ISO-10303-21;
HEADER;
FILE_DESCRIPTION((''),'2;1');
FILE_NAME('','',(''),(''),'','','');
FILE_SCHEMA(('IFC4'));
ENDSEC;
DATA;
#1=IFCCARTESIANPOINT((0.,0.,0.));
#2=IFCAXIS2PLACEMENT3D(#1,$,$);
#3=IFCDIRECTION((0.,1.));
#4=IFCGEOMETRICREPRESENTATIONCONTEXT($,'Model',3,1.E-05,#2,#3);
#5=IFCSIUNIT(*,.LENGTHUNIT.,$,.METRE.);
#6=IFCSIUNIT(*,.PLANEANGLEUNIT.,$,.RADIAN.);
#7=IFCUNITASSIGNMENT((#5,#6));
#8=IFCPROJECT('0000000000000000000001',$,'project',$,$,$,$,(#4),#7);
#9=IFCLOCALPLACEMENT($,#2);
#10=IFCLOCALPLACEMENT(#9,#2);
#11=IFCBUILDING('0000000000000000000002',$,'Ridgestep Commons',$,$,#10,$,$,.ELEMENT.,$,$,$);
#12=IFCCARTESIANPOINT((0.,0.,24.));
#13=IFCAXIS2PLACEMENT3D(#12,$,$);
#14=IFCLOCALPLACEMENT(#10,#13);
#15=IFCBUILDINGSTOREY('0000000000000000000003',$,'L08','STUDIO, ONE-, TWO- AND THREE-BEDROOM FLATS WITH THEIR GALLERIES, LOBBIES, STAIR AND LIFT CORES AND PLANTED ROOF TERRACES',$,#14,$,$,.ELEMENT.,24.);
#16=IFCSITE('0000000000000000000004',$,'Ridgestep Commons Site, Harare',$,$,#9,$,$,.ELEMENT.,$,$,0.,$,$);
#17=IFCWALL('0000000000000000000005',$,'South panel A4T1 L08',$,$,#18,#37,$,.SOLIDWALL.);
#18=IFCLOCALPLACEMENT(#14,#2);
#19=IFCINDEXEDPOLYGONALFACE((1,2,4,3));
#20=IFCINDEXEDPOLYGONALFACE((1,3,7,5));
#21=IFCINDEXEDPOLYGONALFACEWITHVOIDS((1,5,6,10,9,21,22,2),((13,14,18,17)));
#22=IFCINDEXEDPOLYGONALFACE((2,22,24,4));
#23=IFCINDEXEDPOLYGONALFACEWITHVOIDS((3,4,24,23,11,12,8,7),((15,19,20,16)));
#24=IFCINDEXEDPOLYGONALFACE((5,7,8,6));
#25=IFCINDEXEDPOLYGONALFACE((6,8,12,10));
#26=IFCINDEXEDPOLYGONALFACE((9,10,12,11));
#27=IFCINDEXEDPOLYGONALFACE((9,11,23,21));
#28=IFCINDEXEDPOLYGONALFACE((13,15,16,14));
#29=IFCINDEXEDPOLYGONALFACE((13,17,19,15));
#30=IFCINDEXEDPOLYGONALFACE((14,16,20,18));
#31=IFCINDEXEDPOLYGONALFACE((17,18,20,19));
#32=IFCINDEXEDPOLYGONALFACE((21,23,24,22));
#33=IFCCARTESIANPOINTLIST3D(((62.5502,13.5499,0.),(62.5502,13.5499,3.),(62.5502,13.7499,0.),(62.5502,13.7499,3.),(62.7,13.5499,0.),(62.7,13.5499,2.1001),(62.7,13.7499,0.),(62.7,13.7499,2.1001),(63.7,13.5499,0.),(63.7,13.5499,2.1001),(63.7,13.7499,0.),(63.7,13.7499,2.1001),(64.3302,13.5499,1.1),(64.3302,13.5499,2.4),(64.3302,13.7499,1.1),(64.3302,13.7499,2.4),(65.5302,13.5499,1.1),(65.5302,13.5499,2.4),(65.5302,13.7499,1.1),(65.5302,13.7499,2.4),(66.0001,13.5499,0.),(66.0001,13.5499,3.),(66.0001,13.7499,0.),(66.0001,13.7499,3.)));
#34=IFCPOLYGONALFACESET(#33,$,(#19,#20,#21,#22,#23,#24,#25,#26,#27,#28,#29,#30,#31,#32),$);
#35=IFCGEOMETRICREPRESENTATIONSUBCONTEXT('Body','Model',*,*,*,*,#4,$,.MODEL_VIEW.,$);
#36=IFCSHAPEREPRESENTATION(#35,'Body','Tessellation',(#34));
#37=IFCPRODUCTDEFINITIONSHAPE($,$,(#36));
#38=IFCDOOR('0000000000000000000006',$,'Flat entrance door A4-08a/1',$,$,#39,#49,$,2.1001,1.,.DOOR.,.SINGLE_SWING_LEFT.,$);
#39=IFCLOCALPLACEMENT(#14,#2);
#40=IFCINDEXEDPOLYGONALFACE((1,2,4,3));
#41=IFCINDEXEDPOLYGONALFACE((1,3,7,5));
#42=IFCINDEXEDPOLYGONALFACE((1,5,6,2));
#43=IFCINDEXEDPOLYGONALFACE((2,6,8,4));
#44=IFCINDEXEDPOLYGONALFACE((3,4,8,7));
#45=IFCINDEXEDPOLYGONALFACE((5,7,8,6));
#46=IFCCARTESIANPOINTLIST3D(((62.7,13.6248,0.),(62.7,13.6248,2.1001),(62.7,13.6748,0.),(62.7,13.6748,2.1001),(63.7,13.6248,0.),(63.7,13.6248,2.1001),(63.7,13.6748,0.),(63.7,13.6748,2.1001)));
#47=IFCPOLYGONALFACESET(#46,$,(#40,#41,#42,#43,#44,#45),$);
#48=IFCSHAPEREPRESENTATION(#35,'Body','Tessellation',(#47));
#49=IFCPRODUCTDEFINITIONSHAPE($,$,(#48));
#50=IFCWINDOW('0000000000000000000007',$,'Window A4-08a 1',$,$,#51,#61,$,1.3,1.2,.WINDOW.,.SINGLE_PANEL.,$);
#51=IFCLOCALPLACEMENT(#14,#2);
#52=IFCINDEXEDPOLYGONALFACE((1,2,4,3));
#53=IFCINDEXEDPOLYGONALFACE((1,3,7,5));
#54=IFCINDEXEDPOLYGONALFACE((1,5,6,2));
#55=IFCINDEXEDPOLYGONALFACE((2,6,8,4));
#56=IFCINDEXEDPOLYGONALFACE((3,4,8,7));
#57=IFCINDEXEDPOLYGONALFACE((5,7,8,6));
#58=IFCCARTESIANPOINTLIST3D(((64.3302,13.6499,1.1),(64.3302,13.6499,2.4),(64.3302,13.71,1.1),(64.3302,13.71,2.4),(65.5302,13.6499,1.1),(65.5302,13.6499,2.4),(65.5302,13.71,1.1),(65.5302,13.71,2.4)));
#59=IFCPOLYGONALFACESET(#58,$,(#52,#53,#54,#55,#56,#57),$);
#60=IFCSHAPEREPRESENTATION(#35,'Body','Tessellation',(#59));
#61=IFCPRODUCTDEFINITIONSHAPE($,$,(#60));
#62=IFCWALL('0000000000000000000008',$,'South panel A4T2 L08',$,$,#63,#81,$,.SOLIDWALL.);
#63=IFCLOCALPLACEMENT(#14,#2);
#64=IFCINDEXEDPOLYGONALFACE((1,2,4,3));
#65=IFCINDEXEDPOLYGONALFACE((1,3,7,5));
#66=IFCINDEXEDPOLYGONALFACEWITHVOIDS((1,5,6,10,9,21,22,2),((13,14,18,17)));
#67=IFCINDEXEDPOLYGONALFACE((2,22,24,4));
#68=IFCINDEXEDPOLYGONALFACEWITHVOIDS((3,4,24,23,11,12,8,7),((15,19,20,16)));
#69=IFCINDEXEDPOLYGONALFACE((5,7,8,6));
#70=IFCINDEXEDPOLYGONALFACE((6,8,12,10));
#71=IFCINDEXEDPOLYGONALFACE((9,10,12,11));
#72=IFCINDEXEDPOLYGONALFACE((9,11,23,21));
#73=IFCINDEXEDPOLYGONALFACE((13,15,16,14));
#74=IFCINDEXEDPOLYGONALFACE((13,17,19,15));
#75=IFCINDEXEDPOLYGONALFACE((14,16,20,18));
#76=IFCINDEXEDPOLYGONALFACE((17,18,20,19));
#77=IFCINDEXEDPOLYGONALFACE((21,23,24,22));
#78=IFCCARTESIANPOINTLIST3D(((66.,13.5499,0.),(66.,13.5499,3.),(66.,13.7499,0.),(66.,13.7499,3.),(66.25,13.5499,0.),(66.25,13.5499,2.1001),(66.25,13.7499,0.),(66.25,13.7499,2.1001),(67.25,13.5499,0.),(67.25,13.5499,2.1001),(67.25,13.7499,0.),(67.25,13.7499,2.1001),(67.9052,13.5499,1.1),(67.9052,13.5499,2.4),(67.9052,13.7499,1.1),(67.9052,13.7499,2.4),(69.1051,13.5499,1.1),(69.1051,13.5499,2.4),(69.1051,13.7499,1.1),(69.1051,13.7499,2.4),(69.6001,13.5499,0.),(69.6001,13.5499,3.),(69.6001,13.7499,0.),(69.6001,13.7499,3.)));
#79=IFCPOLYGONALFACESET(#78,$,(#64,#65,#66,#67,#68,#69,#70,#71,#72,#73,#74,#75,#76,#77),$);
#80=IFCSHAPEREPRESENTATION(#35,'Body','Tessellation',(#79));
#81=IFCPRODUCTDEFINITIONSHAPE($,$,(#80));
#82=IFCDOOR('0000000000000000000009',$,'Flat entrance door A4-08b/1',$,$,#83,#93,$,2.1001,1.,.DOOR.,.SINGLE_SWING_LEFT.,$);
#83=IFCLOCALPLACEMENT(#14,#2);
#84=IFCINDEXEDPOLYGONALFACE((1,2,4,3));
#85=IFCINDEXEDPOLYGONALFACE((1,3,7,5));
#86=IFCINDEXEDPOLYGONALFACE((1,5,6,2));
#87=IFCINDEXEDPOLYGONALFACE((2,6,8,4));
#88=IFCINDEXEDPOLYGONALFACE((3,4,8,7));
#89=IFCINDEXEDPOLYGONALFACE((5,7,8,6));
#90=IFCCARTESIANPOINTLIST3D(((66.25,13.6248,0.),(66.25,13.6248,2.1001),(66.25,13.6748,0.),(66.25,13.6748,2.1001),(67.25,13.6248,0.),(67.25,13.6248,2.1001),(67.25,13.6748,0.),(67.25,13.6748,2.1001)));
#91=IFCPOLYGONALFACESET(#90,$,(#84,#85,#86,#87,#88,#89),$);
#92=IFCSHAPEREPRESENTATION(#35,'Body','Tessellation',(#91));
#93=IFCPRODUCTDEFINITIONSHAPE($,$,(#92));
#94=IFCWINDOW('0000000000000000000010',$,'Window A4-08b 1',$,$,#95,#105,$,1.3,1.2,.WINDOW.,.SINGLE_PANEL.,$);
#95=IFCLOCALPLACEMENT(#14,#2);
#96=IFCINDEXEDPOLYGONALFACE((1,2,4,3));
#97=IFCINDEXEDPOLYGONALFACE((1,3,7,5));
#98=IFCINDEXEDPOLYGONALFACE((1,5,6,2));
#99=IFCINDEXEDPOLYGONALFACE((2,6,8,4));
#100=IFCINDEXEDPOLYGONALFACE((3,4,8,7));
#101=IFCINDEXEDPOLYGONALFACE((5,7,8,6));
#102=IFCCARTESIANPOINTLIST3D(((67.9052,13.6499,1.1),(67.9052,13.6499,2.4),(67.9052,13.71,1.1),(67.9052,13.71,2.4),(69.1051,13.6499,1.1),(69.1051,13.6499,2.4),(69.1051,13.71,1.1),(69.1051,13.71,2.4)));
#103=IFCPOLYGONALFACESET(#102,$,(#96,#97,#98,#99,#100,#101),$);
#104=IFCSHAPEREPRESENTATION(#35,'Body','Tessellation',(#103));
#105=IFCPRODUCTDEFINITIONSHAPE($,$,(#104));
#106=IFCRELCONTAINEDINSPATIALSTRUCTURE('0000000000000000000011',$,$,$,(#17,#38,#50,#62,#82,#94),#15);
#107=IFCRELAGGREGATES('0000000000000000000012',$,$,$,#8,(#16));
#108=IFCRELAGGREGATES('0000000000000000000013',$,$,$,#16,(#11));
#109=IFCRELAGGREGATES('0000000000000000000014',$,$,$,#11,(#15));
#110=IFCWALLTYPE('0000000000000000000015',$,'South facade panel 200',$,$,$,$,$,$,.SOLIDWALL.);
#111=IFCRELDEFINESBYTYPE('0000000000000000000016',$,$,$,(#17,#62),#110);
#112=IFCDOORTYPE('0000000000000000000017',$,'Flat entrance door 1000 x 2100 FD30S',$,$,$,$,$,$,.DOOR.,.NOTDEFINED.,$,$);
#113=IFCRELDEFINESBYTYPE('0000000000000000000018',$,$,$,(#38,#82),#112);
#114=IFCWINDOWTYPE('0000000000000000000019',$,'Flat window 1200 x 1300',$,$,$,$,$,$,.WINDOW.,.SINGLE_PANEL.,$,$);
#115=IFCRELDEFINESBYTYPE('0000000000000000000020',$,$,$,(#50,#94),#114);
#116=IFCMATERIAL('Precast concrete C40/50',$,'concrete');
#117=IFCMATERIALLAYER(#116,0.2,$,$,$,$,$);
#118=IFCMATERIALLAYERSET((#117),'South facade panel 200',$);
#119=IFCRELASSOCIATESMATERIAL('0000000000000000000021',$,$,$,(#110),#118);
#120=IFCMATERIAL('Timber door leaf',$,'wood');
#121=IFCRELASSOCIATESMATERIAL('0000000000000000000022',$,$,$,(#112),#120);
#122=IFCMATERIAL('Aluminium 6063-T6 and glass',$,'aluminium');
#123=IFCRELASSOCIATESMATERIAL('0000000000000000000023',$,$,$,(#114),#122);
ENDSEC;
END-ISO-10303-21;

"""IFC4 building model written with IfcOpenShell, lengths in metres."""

from ifc_helpers import new_model, si_unit, direction, frame, frame_2d, origin, place, context, subcontext, project, spatial, rectangle, extrude, material, layer, layer_set, type_object, element, fill, save


model = new_model("IFC4")

# Units and contexts
model_context = context("Model", 3, precision=1e-05, world=origin(), true_north=direction((0.0, 1.0)))
body_context = subcontext(model_context, "Body", "Model", "MODEL_VIEW")
ifc_project = project(units=[si_unit("LENGTHUNIT", "METRE"), si_unit("PLANEANGLEUNIT", "RADIAN")], contexts=[model_context])

# Site, building, storey
site_placement = place(None, origin())
site = spatial("IfcSite", under=ifc_project, at=site_placement, Name="Ridgestep Commons Site, Harare", CompositionType="ELEMENT", RefElevation=0.0)
building_placement = place(site_placement, origin())
building = spatial("IfcBuilding", under=site, at=building_placement, Name="Ridgestep Commons", CompositionType="ELEMENT")
storey_placement = place(building_placement, frame((0.0, 0.0, 24.0)))
storey = spatial("IfcBuildingStorey", under=building, at=storey_placement, Name="L08", Description="STUDIO, ONE-, TWO- AND THREE-BEDROOM FLATS WITH THEIR GALLERIES, LOBBIES, STAIR AND LIFT CORES AND PLANTED ROOF TERRACES", CompositionType="ELEMENT", Elevation=24.0)

# Walls, openings, doors, windows
ifc_material_1 = material(Name="Precast concrete C40/50", Category="concrete")
ifc_layer_1 = layer(ifc_material_1, 0.2)
ifc_layer_set_1 = layer_set([ifc_layer_1], Name="South facade panel 200")
wall_type_1 = type_object("IfcWallType", Name="South facade panel 200", PredefinedType="SOLIDWALL", material=ifc_layer_set_1)
wall_1_placement = place(storey_placement, frame((62.55, 13.6499, 0.0), z_axis=(0.0, 0.0, 1.0), x_axis=(1.0, 0.0, 0.0)))
wall_1 = element("IfcWall", 1, at=wall_1_placement, inside=storey, type_object=wall_type_1, Name="South panel A4T1 L08", PredefinedType="SOLIDWALL", context=body_context, shape_type="SweptSolid", body=[
    extrude(rectangle(XDim=3.45, YDim=0.2, at=frame_2d((1.7251, 0.0))), origin(), (0.0, 0.0, 1.0), 3.0),
])
opening_1_placement = place(wall_1_placement, frame((1.78, 0.0, 1.1001)))
opening_1 = element("IfcOpeningElement", 2, at=opening_1_placement, cuts=wall_1, PredefinedType="OPENING", context=body_context, shape_type="SweptSolid", body=[
    extrude(rectangle(XDim=1.2, YDim=1.3, at=frame_2d((0.6001, 0.6499))), frame((0.0, 0.1099, 0.0), z_axis=(0.0, -1.0, 0.0), x_axis=(1.0, 0.0, 0.0)), (0.0, 0.0, 1.0), 0.22),
])
opening_2_placement = place(wall_1_placement, frame((0.1499, 0.0, 0.0)))
opening_2 = element("IfcOpeningElement", 3, at=opening_2_placement, cuts=wall_1, PredefinedType="OPENING", context=body_context, shape_type="SweptSolid", body=[
    extrude(rectangle(XDim=1.0, YDim=2.1001, at=frame_2d((0.5, 1.05))), frame((0.0, 0.1099, 0.0), z_axis=(0.0, -1.0, 0.0), x_axis=(1.0, 0.0, 0.0)), (0.0, 0.0, 1.0), 0.22),
])
ifc_material_2 = material(Name="Timber door leaf", Category="wood")
door_type_1 = type_object("IfcDoorType", Name="Flat entrance door 1000 x 2100 FD30S", OperationType="NOTDEFINED", PredefinedType="DOOR", material=ifc_material_2)
door_1_placement = place(opening_2_placement, origin())
door_1 = element("IfcDoor", 4, at=door_1_placement, inside=storey, type_object=door_type_1, Name="Flat entrance door A4-08a/1", OperationType="SINGLE_SWING_LEFT", OverallHeight=2.1001, OverallWidth=1.0, PredefinedType="DOOR", context=body_context, shape_type="SweptSolid", body=[
    extrude(rectangle(XDim=1.0, YDim=2.1001, at=frame_2d((0.5, 1.05))), frame((0.0, 0.0249, 0.0), z_axis=(0.0, -1.0, 0.0), x_axis=(1.0, 0.0, 0.0)), (0.0, 0.0, 1.0), 0.05),
])
fill(opening_2, door_1)
ifc_material_3 = material(Name="Aluminium 6063-T6 and glass", Category="aluminium")
window_type = type_object("IfcWindowType", Name="Flat window 1200 x 1300", PartitioningType="SINGLE_PANEL", PredefinedType="WINDOW", material=ifc_material_3)
window_1_placement = place(opening_1_placement, origin())
window_1 = element("IfcWindow", 5, at=window_1_placement, inside=storey, type_object=window_type, Name="Window A4-08a 1", OverallHeight=1.3, OverallWidth=1.2, PartitioningType="SINGLE_PANEL", PredefinedType="WINDOW", context=body_context, shape_type="SweptSolid", body=[
    extrude(rectangle(XDim=1.2, YDim=1.3, at=frame_2d((0.6001, 0.6499))), frame((0.0, 0.0601, 0.0), z_axis=(0.0, -1.0, 0.0), x_axis=(1.0, 0.0, 0.0)), (0.0, 0.0, 1.0), 0.0601),
])
fill(opening_1, window_1)
wall_2_placement = place(storey_placement, frame((66.0, 13.6499, 0.0), z_axis=(0.0, 0.0, 1.0), x_axis=(1.0, 0.0, 0.0)))
wall_2 = element("IfcWall", 6, at=wall_2_placement, inside=storey, type_object=wall_type_1, Name="South panel A4T2 L08", PredefinedType="SOLIDWALL", context=body_context, shape_type="SweptSolid", body=[
    extrude(rectangle(XDim=3.6001, YDim=0.2, at=frame_2d((1.8, 0.0))), origin(), (0.0, 0.0, 1.0), 3.0),
])
opening_3_placement = place(wall_2_placement, frame((1.905, 0.0, 1.1001)))
opening_3 = element("IfcOpeningElement", 7, at=opening_3_placement, cuts=wall_2, PredefinedType="OPENING", context=body_context, shape_type="SweptSolid", body=[
    extrude(rectangle(XDim=1.2, YDim=1.3, at=frame_2d((0.6001, 0.6499))), frame((0.0, 0.1099, 0.0), z_axis=(0.0, -1.0, 0.0), x_axis=(1.0, 0.0, 0.0)), (0.0, 0.0, 1.0), 0.22),
])
opening_4_placement = place(wall_2_placement, frame((0.25, 0.0, 0.0)))
opening_4 = element("IfcOpeningElement", 8, at=opening_4_placement, cuts=wall_2, PredefinedType="OPENING", context=body_context, shape_type="SweptSolid", body=[
    extrude(rectangle(XDim=1.0, YDim=2.1001, at=frame_2d((0.5, 1.05))), frame((0.0, 0.1099, 0.0), z_axis=(0.0, -1.0, 0.0), x_axis=(1.0, 0.0, 0.0)), (0.0, 0.0, 1.0), 0.22),
])
door_2_placement = place(opening_4_placement, origin())
door_2 = element("IfcDoor", 9, at=door_2_placement, inside=storey, type_object=door_type_1, Name="Flat entrance door A4-08b/1", OperationType="SINGLE_SWING_LEFT", OverallHeight=2.1001, OverallWidth=1.0, PredefinedType="DOOR", context=body_context, shape_type="SweptSolid", body=[
    extrude(rectangle(XDim=1.0, YDim=2.1001, at=frame_2d((0.5, 1.05))), frame((0.0, 0.0249, 0.0), z_axis=(0.0, -1.0, 0.0), x_axis=(1.0, 0.0, 0.0)), (0.0, 0.0, 1.0), 0.05),
])
fill(opening_4, door_2)
window_2_placement = place(opening_3_placement, origin())
window_2 = element("IfcWindow", 10, at=window_2_placement, inside=storey, type_object=window_type, Name="Window A4-08b 1", OverallHeight=1.3, OverallWidth=1.2, PartitioningType="SINGLE_PANEL", PredefinedType="WINDOW", context=body_context, shape_type="SweptSolid", body=[
    extrude(rectangle(XDim=1.2, YDim=1.3, at=frame_2d((0.6001, 0.6499))), frame((0.0, 0.0601, 0.0), z_axis=(0.0, -1.0, 0.0), x_axis=(1.0, 0.0, 0.0)), (0.0, 0.0, 1.0), 0.0601),
])
fill(opening_3, window_2)

save(model, "model.ifc")
